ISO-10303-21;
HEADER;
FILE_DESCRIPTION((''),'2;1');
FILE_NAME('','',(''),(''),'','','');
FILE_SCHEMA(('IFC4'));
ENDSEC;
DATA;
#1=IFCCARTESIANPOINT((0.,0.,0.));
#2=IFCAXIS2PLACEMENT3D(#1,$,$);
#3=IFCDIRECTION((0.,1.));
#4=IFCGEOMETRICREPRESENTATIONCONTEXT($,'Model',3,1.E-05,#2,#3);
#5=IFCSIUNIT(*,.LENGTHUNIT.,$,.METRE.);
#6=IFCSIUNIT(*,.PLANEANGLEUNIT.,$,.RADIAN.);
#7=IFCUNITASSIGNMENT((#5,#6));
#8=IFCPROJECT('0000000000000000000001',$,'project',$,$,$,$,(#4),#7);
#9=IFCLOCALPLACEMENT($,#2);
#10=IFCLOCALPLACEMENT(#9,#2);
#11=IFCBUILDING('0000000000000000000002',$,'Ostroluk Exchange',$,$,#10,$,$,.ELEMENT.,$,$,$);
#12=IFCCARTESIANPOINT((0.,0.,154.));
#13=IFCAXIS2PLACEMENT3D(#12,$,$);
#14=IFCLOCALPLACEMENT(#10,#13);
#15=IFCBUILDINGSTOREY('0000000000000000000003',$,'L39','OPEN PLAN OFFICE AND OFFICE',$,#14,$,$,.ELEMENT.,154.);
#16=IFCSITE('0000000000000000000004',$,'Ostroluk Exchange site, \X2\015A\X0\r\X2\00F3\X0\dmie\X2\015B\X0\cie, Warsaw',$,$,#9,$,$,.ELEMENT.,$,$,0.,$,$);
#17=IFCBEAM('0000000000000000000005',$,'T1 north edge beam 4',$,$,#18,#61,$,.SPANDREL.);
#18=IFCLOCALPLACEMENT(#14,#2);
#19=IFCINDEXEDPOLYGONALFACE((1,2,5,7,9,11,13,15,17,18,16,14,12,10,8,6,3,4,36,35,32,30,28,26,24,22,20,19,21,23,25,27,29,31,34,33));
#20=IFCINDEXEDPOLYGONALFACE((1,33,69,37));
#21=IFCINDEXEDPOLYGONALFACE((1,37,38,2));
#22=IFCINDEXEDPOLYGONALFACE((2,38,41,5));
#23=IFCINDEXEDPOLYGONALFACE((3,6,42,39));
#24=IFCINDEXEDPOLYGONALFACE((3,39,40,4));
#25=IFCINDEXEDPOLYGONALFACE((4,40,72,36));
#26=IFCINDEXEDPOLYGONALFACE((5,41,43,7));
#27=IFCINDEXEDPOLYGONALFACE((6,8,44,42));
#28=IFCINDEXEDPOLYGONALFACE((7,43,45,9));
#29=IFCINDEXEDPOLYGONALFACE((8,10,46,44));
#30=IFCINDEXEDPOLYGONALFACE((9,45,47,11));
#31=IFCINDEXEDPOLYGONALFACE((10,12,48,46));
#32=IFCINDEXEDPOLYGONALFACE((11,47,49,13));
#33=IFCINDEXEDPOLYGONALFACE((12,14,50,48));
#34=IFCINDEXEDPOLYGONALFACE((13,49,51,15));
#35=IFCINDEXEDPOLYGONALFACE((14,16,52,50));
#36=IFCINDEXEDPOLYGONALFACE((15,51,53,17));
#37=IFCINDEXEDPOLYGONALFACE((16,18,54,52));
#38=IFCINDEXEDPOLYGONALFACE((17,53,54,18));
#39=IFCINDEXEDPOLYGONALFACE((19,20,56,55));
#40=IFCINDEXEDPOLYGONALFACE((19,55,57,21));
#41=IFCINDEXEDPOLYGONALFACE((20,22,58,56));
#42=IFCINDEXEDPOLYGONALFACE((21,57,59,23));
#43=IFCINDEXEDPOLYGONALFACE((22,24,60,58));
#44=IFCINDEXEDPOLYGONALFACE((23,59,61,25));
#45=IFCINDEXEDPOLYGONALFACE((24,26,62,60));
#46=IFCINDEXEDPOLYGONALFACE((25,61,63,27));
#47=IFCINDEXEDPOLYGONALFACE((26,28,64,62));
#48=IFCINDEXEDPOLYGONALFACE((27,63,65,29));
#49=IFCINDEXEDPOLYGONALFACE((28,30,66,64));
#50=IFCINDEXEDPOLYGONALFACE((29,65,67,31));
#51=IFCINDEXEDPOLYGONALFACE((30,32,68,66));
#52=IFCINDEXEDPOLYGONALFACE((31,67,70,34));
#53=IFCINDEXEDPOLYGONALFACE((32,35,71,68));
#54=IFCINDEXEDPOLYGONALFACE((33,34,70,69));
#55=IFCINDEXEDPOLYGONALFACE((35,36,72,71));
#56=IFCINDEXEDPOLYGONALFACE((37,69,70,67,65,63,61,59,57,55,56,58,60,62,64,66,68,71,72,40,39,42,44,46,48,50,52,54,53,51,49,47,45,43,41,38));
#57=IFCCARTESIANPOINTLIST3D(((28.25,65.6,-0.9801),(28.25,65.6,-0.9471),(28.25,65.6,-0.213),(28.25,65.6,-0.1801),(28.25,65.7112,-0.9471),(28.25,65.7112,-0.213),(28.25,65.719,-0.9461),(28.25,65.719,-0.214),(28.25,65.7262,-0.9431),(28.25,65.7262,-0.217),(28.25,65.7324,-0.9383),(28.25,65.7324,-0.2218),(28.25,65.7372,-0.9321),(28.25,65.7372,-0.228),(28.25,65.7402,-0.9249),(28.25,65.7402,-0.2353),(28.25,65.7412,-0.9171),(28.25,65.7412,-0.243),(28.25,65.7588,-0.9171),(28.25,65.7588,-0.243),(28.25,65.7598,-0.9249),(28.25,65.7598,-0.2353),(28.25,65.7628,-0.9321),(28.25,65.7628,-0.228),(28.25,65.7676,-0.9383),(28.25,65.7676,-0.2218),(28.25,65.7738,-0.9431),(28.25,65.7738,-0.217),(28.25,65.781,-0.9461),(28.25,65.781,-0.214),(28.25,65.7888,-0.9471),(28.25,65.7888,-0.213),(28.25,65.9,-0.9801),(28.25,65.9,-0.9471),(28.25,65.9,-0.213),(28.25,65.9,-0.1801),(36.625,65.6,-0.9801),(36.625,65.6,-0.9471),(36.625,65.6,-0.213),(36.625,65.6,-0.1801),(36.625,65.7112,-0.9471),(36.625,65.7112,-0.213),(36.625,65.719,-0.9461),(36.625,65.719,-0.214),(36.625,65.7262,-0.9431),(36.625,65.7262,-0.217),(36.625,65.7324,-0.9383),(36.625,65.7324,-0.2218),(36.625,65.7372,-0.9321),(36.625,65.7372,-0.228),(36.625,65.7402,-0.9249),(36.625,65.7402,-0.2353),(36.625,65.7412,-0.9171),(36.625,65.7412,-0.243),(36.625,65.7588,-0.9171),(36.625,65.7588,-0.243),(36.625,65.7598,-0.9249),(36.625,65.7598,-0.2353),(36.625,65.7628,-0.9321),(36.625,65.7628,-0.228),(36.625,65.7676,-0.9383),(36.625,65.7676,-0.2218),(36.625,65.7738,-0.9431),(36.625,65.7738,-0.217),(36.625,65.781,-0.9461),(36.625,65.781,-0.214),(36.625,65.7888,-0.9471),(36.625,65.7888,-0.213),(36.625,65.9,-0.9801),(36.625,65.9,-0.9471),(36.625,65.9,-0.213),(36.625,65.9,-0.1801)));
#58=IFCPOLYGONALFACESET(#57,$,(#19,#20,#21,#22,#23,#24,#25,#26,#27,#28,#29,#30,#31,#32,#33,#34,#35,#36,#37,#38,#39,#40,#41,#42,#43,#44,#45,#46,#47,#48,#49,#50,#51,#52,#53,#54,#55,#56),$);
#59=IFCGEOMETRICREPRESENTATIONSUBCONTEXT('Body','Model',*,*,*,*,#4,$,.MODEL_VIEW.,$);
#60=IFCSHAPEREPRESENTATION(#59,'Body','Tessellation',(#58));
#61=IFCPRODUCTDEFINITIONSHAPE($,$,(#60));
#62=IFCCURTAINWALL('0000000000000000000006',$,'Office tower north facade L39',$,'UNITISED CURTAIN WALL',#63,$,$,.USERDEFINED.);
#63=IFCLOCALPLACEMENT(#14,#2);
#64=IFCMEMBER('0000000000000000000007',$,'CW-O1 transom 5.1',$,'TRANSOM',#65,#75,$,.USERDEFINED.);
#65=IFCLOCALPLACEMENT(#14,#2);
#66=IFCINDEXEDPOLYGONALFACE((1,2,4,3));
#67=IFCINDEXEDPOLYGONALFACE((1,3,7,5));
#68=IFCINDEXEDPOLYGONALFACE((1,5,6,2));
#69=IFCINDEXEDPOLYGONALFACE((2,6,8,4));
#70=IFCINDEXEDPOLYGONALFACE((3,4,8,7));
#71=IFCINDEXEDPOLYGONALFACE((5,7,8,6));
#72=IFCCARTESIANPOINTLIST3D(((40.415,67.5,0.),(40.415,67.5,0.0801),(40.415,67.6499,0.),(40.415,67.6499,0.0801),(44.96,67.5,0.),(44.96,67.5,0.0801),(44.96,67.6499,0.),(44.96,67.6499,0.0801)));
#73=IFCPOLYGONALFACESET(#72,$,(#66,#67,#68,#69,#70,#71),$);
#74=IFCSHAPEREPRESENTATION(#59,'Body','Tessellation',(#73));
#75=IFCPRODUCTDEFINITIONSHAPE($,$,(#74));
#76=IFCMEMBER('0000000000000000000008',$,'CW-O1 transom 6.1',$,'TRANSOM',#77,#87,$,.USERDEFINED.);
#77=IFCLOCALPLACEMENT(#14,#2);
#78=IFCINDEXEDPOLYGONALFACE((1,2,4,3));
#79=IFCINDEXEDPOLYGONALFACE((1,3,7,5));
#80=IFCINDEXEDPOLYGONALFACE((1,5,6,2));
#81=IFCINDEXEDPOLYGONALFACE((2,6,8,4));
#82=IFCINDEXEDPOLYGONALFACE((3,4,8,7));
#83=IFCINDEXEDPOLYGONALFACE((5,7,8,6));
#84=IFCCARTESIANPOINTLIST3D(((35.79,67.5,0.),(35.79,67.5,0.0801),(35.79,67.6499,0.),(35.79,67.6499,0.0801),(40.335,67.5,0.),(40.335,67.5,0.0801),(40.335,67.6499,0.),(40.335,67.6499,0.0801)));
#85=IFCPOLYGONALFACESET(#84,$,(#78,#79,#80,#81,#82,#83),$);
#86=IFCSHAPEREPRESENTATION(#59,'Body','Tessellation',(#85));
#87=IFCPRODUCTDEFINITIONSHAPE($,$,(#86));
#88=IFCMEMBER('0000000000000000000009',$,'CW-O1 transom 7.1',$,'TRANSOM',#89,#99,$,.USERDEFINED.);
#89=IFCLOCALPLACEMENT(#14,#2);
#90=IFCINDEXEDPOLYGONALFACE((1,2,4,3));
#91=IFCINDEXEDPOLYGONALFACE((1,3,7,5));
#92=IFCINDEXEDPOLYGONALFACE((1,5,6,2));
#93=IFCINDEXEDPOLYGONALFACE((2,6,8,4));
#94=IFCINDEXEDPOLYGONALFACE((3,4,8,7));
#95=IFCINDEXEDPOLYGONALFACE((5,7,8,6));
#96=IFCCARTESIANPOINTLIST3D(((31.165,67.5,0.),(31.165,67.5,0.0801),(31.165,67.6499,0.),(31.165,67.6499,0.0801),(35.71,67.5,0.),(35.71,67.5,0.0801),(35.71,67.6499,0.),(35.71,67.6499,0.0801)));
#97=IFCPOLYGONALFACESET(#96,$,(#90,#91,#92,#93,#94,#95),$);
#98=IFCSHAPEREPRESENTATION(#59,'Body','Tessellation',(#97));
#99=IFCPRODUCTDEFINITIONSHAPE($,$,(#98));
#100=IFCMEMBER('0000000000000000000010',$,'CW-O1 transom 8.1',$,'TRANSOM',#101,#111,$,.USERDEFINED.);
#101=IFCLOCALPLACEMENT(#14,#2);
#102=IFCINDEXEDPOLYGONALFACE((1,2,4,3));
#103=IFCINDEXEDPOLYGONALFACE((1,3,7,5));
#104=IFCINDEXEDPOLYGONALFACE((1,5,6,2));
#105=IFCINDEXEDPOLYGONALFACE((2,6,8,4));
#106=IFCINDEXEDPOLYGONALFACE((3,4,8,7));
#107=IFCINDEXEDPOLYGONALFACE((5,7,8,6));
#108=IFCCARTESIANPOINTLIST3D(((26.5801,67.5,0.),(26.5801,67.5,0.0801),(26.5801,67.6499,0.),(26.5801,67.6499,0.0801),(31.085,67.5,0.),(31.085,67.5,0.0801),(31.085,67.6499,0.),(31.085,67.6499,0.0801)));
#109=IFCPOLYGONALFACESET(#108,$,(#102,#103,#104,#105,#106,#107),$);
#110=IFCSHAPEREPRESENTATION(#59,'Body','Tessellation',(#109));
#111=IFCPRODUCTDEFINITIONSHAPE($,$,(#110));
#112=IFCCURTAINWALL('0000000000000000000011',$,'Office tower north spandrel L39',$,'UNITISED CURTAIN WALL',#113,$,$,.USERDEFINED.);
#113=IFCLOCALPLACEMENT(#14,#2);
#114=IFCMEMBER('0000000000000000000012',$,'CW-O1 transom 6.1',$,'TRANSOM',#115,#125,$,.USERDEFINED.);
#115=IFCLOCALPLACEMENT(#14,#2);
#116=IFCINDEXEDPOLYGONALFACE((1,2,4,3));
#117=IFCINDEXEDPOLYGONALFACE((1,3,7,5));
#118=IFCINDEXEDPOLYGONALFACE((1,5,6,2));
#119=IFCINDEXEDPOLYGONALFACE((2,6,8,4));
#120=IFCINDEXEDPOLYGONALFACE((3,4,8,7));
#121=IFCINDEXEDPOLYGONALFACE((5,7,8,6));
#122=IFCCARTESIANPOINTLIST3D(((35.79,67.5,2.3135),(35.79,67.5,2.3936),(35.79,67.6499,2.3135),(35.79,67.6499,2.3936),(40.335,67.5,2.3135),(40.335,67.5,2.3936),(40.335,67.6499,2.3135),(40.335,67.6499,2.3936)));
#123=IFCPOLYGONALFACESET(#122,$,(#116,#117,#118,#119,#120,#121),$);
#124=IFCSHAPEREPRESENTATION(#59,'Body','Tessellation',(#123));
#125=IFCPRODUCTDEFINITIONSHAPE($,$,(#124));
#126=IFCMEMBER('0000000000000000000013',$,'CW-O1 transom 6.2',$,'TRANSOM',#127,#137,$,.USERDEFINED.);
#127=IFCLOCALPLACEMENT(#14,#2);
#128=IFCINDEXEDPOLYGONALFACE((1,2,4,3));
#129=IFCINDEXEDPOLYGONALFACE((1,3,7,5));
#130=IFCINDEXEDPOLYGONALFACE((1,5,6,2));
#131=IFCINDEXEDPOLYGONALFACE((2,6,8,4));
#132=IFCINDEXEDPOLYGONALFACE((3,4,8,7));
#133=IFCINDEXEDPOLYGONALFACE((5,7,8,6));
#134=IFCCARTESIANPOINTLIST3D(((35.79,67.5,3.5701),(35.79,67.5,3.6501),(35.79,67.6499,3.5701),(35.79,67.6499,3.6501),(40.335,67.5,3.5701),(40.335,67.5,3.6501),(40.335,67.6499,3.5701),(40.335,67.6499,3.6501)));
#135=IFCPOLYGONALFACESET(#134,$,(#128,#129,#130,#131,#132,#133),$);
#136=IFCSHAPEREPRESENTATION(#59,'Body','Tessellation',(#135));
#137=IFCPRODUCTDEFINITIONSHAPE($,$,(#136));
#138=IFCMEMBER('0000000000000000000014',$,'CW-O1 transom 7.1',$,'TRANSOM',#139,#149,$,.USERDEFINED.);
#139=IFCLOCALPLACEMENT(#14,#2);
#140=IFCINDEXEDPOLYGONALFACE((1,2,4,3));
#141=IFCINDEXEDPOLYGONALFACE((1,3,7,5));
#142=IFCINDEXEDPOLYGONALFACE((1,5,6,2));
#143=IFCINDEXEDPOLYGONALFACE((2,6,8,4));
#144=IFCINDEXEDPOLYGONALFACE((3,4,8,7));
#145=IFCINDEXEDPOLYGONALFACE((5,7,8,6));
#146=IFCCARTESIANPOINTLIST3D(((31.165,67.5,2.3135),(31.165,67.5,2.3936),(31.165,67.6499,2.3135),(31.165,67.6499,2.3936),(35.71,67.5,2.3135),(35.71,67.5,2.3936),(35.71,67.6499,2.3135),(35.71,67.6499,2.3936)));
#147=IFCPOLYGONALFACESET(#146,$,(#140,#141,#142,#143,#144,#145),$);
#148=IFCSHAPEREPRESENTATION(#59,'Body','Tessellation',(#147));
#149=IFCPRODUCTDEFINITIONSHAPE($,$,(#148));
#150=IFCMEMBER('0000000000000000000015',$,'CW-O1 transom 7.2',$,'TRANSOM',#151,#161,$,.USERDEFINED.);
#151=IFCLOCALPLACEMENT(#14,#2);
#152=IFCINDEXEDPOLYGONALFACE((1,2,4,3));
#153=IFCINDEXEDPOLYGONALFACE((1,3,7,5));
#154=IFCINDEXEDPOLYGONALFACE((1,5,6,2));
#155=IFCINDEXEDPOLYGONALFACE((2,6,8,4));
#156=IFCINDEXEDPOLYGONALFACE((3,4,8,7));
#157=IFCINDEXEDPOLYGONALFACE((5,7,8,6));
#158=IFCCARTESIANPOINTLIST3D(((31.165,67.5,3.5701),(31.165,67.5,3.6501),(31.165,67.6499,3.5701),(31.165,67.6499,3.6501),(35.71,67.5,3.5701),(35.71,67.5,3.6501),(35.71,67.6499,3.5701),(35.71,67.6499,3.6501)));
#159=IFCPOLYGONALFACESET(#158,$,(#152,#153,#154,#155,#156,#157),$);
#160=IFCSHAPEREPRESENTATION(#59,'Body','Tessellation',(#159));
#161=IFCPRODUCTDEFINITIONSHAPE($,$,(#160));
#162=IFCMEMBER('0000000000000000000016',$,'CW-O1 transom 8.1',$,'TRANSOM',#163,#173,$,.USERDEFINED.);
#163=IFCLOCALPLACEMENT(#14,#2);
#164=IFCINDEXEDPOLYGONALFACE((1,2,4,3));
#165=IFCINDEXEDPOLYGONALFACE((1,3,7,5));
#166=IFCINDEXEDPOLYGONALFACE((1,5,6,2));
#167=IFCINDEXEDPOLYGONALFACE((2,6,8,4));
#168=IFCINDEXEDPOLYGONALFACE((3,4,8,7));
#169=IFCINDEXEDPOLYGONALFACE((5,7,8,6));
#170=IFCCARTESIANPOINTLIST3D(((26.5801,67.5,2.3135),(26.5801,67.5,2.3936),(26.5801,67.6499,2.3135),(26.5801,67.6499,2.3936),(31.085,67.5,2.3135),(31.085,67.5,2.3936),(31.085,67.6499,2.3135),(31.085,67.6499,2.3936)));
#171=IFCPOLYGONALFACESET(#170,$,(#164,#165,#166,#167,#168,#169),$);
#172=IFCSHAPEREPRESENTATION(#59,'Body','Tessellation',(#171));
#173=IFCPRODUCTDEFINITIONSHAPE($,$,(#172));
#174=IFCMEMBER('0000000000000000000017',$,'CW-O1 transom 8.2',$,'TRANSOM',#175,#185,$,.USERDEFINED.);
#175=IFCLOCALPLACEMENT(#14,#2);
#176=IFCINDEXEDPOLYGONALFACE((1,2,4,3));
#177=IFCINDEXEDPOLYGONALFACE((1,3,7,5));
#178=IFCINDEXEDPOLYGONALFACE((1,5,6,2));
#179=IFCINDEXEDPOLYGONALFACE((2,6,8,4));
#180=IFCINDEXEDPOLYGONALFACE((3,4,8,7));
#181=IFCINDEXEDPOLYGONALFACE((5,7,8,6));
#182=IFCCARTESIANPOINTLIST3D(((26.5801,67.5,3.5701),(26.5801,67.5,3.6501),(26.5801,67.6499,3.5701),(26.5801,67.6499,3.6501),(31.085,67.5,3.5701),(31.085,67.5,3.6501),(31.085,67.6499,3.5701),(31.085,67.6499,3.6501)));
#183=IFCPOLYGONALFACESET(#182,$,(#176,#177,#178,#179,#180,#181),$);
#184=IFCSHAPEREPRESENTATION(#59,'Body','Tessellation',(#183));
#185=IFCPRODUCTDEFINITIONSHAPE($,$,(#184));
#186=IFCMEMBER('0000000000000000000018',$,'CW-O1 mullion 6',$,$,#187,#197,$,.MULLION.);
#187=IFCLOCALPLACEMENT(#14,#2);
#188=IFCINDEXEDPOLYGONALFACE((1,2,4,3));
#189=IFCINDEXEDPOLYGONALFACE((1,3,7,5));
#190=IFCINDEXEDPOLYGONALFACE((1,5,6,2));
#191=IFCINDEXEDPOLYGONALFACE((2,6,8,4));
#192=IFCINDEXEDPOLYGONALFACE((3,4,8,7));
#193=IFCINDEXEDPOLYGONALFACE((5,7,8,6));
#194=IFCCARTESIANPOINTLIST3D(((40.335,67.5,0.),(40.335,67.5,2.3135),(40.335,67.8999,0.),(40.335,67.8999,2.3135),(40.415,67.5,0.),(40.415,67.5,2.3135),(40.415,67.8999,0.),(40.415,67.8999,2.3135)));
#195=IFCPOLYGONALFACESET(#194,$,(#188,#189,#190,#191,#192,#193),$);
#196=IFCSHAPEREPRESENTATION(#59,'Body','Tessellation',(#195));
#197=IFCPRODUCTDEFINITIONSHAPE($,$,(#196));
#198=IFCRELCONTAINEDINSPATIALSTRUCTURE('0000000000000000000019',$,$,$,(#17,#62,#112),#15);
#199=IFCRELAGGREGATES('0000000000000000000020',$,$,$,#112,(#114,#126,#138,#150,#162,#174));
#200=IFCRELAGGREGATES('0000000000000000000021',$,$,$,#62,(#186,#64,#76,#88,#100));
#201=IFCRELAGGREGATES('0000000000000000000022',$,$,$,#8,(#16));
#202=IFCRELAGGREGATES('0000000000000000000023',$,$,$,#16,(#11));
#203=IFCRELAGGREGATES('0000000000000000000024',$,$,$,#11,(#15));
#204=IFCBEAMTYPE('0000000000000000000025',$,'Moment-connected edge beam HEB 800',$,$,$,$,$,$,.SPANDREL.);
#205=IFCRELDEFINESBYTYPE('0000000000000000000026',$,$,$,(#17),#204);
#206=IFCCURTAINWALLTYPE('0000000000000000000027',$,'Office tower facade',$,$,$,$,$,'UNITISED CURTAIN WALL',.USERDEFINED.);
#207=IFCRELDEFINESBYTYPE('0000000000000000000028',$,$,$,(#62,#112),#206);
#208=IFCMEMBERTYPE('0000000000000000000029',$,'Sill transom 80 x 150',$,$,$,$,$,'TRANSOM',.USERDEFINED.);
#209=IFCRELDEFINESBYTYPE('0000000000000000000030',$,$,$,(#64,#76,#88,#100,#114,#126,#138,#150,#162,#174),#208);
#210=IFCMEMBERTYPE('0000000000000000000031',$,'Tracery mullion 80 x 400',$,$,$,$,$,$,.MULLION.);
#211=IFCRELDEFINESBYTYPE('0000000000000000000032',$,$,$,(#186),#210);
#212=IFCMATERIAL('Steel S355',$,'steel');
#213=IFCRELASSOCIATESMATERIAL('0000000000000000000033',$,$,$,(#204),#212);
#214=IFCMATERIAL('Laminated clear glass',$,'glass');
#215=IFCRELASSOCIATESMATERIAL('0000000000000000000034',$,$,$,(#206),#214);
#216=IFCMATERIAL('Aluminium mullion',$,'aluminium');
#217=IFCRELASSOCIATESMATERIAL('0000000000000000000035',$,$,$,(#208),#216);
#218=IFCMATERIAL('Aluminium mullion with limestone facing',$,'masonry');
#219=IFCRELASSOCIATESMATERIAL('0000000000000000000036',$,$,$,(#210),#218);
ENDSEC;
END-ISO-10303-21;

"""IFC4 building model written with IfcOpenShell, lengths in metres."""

from ifc_helpers import new_model, si_unit, direction, frame, origin, origin_2d, place, context, subcontext, project, spatial, rectangle, i_section, extrude, material, material_profile, profile_set, type_object, element, aggregate, save


model = new_model("IFC4")

# Units and contexts
model_context = context("Model", 3, precision=1e-05, world=origin(), true_north=direction((0.0, 1.0)))
body_context = subcontext(model_context, "Body", "Model", "MODEL_VIEW")
ifc_project = project(units=[si_unit("LENGTHUNIT", "METRE"), si_unit("PLANEANGLEUNIT", "RADIAN")], contexts=[model_context])

# Site, building, storey
site_placement = place(None, origin())
site = spatial("IfcSite", under=ifc_project, at=site_placement, Name="Ostroluk Exchange site, Śródmieście, Warsaw", CompositionType="ELEMENT", RefElevation=0.0)
building_placement = place(site_placement, origin())
building = spatial("IfcBuilding", under=site, at=building_placement, Name="Ostroluk Exchange", CompositionType="ELEMENT")
storey_placement = place(building_placement, frame((0.0, 0.0, 154.0)))
storey = spatial("IfcBuildingStorey", under=building, at=storey_placement, Name="L39", Description="OPEN PLAN OFFICE AND OFFICE", CompositionType="ELEMENT", Elevation=154.0)

# Beam
ifc_material_1 = material(Name="Steel S355", Category="steel")
ifc_material_profile_1 = material_profile(ifc_material_1, i_section(OverallWidth=0.3, OverallDepth=0.8, WebThickness=0.0176, FlangeThickness=0.033, FilletRadius=0.03, at=origin_2d()), Name="HEB 800")
ifc_profile_set_1 = profile_set([ifc_material_profile_1], Name="Steel S355")
beam_type_1 = type_object("IfcBeamType", Name="Moment-connected edge beam HEB 800", PredefinedType="SPANDREL", material=ifc_profile_set_1)
beam_1_placement = place(storey_placement, frame((36.625, 65.75, -0.5801), z_axis=(-1.0, 0.0, 0.0), x_axis=(0.0, -1.0, 0.0)))
element("IfcBeam", 1, at=beam_1_placement, inside=storey, type_object=beam_type_1, Name="T1 north edge beam 4", PredefinedType="SPANDREL", context=body_context, shape_type="SweptSolid", body=[
    extrude(i_section(OverallWidth=0.3, OverallDepth=0.8, WebThickness=0.0176, FlangeThickness=0.033, FilletRadius=0.03, at=origin_2d()), origin(), (0.0, 0.0, 1.0), 8.375),
])

# Curtain walls, members
ifc_material_2 = material(Name="Laminated clear glass", Category="glass")
curtain_wall_type = type_object("IfcCurtainWallType", Name="Office tower facade", ElementType="UNITISED CURTAIN WALL", PredefinedType="USERDEFINED", material=ifc_material_2)
curtain_wall_1_placement = place(storey_placement, origin())
curtain_wall_1 = element("IfcCurtainWall", 2, at=curtain_wall_1_placement, inside=storey, type_object=curtain_wall_type, Name="Office tower north facade L39", ObjectType="UNITISED CURTAIN WALL", PredefinedType="USERDEFINED")
ifc_material_3 = material(Name="Aluminium mullion", Category="aluminium")
ifc_material_profile_2 = material_profile(ifc_material_3, rectangle(XDim=0.1499, YDim=0.0801, at=origin_2d()), Name="Sill transom 80 x 150")
ifc_profile_set_2 = profile_set([ifc_material_profile_2], Name="Aluminium mullion")
member_type_1 = type_object("IfcMemberType", Name="Sill transom 80 x 150", ElementType="TRANSOM", PredefinedType="USERDEFINED", material=ifc_profile_set_2)
member_1_placement = place(storey_placement, frame((44.96, 67.575, 0.04), z_axis=(-1.0, 0.0, 0.0), x_axis=(0.0, -1.0, 0.0)))
member_1 = element("IfcMember", 3, at=member_1_placement, type_object=member_type_1, Name="CW-O1 transom 5.1", ObjectType="TRANSOM", PredefinedType="USERDEFINED", context=body_context, shape_type="SweptSolid", body=[
    extrude(rectangle(XDim=0.1499, YDim=0.0801, at=origin_2d()), origin(), (0.0, 0.0, 1.0), 4.5449),
])
member_2_placement = place(storey_placement, frame((40.335, 67.575, 0.04), z_axis=(-1.0, 0.0, 0.0), x_axis=(0.0, -1.0, 0.0)))
member_2 = element("IfcMember", 4, at=member_2_placement, type_object=member_type_1, Name="CW-O1 transom 6.1", ObjectType="TRANSOM", PredefinedType="USERDEFINED", context=body_context, shape_type="SweptSolid", body=[
    extrude(rectangle(XDim=0.1499, YDim=0.0801, at=origin_2d()), origin(), (0.0, 0.0, 1.0), 4.5449),
])
member_3_placement = place(storey_placement, frame((35.71, 67.575, 0.04), z_axis=(-1.0, 0.0, 0.0), x_axis=(0.0, -1.0, 0.0)))
member_3 = element("IfcMember", 5, at=member_3_placement, type_object=member_type_1, Name="CW-O1 transom 7.1", ObjectType="TRANSOM", PredefinedType="USERDEFINED", context=body_context, shape_type="SweptSolid", body=[
    extrude(rectangle(XDim=0.1499, YDim=0.0801, at=origin_2d()), origin(), (0.0, 0.0, 1.0), 4.5449),
])
member_4_placement = place(storey_placement, frame((31.085, 67.575, 0.04), z_axis=(-1.0, 0.0, 0.0), x_axis=(0.0, -1.0, 0.0)))
member_4 = element("IfcMember", 6, at=member_4_placement, type_object=member_type_1, Name="CW-O1 transom 8.1", ObjectType="TRANSOM", PredefinedType="USERDEFINED", context=body_context, shape_type="SweptSolid", body=[
    extrude(rectangle(XDim=0.1499, YDim=0.0801, at=origin_2d()), origin(), (0.0, 0.0, 1.0), 4.5049),
])
curtain_wall_2_placement = place(storey_placement, origin())
curtain_wall_2 = element("IfcCurtainWall", 7, at=curtain_wall_2_placement, inside=storey, type_object=curtain_wall_type, Name="Office tower north spandrel L39", ObjectType="UNITISED CURTAIN WALL", PredefinedType="USERDEFINED")
member_5_placement = place(storey_placement, frame((40.335, 67.575, 2.3535), z_axis=(-1.0, 0.0, 0.0), x_axis=(0.0, -1.0, 0.0)))
member_5 = element("IfcMember", 8, at=member_5_placement, type_object=member_type_1, Name="CW-O1 transom 6.1", ObjectType="TRANSOM", PredefinedType="USERDEFINED", context=body_context, shape_type="SweptSolid", body=[
    extrude(rectangle(XDim=0.1499, YDim=0.0801, at=origin_2d()), origin(), (0.0, 0.0, 1.0), 4.5449),
])
member_6_placement = place(storey_placement, frame((40.335, 67.575, 3.6101), z_axis=(-1.0, 0.0, 0.0), x_axis=(0.0, -1.0, 0.0)))
member_6 = element("IfcMember", 9, at=member_6_placement, type_object=member_type_1, Name="CW-O1 transom 6.2", ObjectType="TRANSOM", PredefinedType="USERDEFINED", context=body_context, shape_type="SweptSolid", body=[
    extrude(rectangle(XDim=0.1499, YDim=0.0801, at=origin_2d()), origin(), (0.0, 0.0, 1.0), 4.5449),
])
member_7_placement = place(storey_placement, frame((35.71, 67.575, 2.3535), z_axis=(-1.0, 0.0, 0.0), x_axis=(0.0, -1.0, 0.0)))
member_7 = element("IfcMember", 10, at=member_7_placement, type_object=member_type_1, Name="CW-O1 transom 7.1", ObjectType="TRANSOM", PredefinedType="USERDEFINED", context=body_context, shape_type="SweptSolid", body=[
    extrude(rectangle(XDim=0.1499, YDim=0.0801, at=origin_2d()), origin(), (0.0, 0.0, 1.0), 4.5449),
])
member_8_placement = place(storey_placement, frame((35.71, 67.575, 3.6101), z_axis=(-1.0, 0.0, 0.0), x_axis=(0.0, -1.0, 0.0)))
member_8 = element("IfcMember", 11, at=member_8_placement, type_object=member_type_1, Name="CW-O1 transom 7.2", ObjectType="TRANSOM", PredefinedType="USERDEFINED", context=body_context, shape_type="SweptSolid", body=[
    extrude(rectangle(XDim=0.1499, YDim=0.0801, at=origin_2d()), origin(), (0.0, 0.0, 1.0), 4.5449),
])
member_9_placement = place(storey_placement, frame((31.085, 67.575, 2.3535), z_axis=(-1.0, 0.0, 0.0), x_axis=(0.0, -1.0, 0.0)))
member_9 = element("IfcMember", 12, at=member_9_placement, type_object=member_type_1, Name="CW-O1 transom 8.1", ObjectType="TRANSOM", PredefinedType="USERDEFINED", context=body_context, shape_type="SweptSolid", body=[
    extrude(rectangle(XDim=0.1499, YDim=0.0801, at=origin_2d()), origin(), (0.0, 0.0, 1.0), 4.5049),
])
member_10_placement = place(storey_placement, frame((31.085, 67.575, 3.6101), z_axis=(-1.0, 0.0, 0.0), x_axis=(0.0, -1.0, 0.0)))
member_10 = element("IfcMember", 13, at=member_10_placement, type_object=member_type_1, Name="CW-O1 transom 8.2", ObjectType="TRANSOM", PredefinedType="USERDEFINED", context=body_context, shape_type="SweptSolid", body=[
    extrude(rectangle(XDim=0.1499, YDim=0.0801, at=origin_2d()), origin(), (0.0, 0.0, 1.0), 4.5049),
])

# Member
ifc_material_4 = material(Name="Aluminium mullion with limestone facing", Category="masonry")
ifc_material_profile_3 = material_profile(ifc_material_4, rectangle(XDim=0.3999, YDim=0.0801, at=origin_2d()), Name="Tracery mullion 80 x 400")
ifc_profile_set_3 = profile_set([ifc_material_profile_3], Name="Aluminium mullion with limestone facing")
member_type_2 = type_object("IfcMemberType", Name="Tracery mullion 80 x 400", PredefinedType="MULLION", material=ifc_profile_set_3)
member_11_placement = place(storey_placement, frame((40.375, 67.7, 0.0), z_axis=(0.0, 0.0, 1.0), x_axis=(0.0, -1.0, 0.0)))
member_11 = element("IfcMember", 14, at=member_11_placement, type_object=member_type_2, Name="CW-O1 mullion 6", PredefinedType="MULLION", context=body_context, shape_type="SweptSolid", body=[
    extrude(rectangle(XDim=0.3999, YDim=0.0801, at=origin_2d()), origin(), (0.0, 0.0, 1.0), 2.3135),
])

aggregate(curtain_wall_2, [member_5, member_6, member_7, member_8, member_9, member_10])
aggregate(curtain_wall_1, [member_11, member_1, member_2, member_3, member_4])

save(model, "model.ifc")
